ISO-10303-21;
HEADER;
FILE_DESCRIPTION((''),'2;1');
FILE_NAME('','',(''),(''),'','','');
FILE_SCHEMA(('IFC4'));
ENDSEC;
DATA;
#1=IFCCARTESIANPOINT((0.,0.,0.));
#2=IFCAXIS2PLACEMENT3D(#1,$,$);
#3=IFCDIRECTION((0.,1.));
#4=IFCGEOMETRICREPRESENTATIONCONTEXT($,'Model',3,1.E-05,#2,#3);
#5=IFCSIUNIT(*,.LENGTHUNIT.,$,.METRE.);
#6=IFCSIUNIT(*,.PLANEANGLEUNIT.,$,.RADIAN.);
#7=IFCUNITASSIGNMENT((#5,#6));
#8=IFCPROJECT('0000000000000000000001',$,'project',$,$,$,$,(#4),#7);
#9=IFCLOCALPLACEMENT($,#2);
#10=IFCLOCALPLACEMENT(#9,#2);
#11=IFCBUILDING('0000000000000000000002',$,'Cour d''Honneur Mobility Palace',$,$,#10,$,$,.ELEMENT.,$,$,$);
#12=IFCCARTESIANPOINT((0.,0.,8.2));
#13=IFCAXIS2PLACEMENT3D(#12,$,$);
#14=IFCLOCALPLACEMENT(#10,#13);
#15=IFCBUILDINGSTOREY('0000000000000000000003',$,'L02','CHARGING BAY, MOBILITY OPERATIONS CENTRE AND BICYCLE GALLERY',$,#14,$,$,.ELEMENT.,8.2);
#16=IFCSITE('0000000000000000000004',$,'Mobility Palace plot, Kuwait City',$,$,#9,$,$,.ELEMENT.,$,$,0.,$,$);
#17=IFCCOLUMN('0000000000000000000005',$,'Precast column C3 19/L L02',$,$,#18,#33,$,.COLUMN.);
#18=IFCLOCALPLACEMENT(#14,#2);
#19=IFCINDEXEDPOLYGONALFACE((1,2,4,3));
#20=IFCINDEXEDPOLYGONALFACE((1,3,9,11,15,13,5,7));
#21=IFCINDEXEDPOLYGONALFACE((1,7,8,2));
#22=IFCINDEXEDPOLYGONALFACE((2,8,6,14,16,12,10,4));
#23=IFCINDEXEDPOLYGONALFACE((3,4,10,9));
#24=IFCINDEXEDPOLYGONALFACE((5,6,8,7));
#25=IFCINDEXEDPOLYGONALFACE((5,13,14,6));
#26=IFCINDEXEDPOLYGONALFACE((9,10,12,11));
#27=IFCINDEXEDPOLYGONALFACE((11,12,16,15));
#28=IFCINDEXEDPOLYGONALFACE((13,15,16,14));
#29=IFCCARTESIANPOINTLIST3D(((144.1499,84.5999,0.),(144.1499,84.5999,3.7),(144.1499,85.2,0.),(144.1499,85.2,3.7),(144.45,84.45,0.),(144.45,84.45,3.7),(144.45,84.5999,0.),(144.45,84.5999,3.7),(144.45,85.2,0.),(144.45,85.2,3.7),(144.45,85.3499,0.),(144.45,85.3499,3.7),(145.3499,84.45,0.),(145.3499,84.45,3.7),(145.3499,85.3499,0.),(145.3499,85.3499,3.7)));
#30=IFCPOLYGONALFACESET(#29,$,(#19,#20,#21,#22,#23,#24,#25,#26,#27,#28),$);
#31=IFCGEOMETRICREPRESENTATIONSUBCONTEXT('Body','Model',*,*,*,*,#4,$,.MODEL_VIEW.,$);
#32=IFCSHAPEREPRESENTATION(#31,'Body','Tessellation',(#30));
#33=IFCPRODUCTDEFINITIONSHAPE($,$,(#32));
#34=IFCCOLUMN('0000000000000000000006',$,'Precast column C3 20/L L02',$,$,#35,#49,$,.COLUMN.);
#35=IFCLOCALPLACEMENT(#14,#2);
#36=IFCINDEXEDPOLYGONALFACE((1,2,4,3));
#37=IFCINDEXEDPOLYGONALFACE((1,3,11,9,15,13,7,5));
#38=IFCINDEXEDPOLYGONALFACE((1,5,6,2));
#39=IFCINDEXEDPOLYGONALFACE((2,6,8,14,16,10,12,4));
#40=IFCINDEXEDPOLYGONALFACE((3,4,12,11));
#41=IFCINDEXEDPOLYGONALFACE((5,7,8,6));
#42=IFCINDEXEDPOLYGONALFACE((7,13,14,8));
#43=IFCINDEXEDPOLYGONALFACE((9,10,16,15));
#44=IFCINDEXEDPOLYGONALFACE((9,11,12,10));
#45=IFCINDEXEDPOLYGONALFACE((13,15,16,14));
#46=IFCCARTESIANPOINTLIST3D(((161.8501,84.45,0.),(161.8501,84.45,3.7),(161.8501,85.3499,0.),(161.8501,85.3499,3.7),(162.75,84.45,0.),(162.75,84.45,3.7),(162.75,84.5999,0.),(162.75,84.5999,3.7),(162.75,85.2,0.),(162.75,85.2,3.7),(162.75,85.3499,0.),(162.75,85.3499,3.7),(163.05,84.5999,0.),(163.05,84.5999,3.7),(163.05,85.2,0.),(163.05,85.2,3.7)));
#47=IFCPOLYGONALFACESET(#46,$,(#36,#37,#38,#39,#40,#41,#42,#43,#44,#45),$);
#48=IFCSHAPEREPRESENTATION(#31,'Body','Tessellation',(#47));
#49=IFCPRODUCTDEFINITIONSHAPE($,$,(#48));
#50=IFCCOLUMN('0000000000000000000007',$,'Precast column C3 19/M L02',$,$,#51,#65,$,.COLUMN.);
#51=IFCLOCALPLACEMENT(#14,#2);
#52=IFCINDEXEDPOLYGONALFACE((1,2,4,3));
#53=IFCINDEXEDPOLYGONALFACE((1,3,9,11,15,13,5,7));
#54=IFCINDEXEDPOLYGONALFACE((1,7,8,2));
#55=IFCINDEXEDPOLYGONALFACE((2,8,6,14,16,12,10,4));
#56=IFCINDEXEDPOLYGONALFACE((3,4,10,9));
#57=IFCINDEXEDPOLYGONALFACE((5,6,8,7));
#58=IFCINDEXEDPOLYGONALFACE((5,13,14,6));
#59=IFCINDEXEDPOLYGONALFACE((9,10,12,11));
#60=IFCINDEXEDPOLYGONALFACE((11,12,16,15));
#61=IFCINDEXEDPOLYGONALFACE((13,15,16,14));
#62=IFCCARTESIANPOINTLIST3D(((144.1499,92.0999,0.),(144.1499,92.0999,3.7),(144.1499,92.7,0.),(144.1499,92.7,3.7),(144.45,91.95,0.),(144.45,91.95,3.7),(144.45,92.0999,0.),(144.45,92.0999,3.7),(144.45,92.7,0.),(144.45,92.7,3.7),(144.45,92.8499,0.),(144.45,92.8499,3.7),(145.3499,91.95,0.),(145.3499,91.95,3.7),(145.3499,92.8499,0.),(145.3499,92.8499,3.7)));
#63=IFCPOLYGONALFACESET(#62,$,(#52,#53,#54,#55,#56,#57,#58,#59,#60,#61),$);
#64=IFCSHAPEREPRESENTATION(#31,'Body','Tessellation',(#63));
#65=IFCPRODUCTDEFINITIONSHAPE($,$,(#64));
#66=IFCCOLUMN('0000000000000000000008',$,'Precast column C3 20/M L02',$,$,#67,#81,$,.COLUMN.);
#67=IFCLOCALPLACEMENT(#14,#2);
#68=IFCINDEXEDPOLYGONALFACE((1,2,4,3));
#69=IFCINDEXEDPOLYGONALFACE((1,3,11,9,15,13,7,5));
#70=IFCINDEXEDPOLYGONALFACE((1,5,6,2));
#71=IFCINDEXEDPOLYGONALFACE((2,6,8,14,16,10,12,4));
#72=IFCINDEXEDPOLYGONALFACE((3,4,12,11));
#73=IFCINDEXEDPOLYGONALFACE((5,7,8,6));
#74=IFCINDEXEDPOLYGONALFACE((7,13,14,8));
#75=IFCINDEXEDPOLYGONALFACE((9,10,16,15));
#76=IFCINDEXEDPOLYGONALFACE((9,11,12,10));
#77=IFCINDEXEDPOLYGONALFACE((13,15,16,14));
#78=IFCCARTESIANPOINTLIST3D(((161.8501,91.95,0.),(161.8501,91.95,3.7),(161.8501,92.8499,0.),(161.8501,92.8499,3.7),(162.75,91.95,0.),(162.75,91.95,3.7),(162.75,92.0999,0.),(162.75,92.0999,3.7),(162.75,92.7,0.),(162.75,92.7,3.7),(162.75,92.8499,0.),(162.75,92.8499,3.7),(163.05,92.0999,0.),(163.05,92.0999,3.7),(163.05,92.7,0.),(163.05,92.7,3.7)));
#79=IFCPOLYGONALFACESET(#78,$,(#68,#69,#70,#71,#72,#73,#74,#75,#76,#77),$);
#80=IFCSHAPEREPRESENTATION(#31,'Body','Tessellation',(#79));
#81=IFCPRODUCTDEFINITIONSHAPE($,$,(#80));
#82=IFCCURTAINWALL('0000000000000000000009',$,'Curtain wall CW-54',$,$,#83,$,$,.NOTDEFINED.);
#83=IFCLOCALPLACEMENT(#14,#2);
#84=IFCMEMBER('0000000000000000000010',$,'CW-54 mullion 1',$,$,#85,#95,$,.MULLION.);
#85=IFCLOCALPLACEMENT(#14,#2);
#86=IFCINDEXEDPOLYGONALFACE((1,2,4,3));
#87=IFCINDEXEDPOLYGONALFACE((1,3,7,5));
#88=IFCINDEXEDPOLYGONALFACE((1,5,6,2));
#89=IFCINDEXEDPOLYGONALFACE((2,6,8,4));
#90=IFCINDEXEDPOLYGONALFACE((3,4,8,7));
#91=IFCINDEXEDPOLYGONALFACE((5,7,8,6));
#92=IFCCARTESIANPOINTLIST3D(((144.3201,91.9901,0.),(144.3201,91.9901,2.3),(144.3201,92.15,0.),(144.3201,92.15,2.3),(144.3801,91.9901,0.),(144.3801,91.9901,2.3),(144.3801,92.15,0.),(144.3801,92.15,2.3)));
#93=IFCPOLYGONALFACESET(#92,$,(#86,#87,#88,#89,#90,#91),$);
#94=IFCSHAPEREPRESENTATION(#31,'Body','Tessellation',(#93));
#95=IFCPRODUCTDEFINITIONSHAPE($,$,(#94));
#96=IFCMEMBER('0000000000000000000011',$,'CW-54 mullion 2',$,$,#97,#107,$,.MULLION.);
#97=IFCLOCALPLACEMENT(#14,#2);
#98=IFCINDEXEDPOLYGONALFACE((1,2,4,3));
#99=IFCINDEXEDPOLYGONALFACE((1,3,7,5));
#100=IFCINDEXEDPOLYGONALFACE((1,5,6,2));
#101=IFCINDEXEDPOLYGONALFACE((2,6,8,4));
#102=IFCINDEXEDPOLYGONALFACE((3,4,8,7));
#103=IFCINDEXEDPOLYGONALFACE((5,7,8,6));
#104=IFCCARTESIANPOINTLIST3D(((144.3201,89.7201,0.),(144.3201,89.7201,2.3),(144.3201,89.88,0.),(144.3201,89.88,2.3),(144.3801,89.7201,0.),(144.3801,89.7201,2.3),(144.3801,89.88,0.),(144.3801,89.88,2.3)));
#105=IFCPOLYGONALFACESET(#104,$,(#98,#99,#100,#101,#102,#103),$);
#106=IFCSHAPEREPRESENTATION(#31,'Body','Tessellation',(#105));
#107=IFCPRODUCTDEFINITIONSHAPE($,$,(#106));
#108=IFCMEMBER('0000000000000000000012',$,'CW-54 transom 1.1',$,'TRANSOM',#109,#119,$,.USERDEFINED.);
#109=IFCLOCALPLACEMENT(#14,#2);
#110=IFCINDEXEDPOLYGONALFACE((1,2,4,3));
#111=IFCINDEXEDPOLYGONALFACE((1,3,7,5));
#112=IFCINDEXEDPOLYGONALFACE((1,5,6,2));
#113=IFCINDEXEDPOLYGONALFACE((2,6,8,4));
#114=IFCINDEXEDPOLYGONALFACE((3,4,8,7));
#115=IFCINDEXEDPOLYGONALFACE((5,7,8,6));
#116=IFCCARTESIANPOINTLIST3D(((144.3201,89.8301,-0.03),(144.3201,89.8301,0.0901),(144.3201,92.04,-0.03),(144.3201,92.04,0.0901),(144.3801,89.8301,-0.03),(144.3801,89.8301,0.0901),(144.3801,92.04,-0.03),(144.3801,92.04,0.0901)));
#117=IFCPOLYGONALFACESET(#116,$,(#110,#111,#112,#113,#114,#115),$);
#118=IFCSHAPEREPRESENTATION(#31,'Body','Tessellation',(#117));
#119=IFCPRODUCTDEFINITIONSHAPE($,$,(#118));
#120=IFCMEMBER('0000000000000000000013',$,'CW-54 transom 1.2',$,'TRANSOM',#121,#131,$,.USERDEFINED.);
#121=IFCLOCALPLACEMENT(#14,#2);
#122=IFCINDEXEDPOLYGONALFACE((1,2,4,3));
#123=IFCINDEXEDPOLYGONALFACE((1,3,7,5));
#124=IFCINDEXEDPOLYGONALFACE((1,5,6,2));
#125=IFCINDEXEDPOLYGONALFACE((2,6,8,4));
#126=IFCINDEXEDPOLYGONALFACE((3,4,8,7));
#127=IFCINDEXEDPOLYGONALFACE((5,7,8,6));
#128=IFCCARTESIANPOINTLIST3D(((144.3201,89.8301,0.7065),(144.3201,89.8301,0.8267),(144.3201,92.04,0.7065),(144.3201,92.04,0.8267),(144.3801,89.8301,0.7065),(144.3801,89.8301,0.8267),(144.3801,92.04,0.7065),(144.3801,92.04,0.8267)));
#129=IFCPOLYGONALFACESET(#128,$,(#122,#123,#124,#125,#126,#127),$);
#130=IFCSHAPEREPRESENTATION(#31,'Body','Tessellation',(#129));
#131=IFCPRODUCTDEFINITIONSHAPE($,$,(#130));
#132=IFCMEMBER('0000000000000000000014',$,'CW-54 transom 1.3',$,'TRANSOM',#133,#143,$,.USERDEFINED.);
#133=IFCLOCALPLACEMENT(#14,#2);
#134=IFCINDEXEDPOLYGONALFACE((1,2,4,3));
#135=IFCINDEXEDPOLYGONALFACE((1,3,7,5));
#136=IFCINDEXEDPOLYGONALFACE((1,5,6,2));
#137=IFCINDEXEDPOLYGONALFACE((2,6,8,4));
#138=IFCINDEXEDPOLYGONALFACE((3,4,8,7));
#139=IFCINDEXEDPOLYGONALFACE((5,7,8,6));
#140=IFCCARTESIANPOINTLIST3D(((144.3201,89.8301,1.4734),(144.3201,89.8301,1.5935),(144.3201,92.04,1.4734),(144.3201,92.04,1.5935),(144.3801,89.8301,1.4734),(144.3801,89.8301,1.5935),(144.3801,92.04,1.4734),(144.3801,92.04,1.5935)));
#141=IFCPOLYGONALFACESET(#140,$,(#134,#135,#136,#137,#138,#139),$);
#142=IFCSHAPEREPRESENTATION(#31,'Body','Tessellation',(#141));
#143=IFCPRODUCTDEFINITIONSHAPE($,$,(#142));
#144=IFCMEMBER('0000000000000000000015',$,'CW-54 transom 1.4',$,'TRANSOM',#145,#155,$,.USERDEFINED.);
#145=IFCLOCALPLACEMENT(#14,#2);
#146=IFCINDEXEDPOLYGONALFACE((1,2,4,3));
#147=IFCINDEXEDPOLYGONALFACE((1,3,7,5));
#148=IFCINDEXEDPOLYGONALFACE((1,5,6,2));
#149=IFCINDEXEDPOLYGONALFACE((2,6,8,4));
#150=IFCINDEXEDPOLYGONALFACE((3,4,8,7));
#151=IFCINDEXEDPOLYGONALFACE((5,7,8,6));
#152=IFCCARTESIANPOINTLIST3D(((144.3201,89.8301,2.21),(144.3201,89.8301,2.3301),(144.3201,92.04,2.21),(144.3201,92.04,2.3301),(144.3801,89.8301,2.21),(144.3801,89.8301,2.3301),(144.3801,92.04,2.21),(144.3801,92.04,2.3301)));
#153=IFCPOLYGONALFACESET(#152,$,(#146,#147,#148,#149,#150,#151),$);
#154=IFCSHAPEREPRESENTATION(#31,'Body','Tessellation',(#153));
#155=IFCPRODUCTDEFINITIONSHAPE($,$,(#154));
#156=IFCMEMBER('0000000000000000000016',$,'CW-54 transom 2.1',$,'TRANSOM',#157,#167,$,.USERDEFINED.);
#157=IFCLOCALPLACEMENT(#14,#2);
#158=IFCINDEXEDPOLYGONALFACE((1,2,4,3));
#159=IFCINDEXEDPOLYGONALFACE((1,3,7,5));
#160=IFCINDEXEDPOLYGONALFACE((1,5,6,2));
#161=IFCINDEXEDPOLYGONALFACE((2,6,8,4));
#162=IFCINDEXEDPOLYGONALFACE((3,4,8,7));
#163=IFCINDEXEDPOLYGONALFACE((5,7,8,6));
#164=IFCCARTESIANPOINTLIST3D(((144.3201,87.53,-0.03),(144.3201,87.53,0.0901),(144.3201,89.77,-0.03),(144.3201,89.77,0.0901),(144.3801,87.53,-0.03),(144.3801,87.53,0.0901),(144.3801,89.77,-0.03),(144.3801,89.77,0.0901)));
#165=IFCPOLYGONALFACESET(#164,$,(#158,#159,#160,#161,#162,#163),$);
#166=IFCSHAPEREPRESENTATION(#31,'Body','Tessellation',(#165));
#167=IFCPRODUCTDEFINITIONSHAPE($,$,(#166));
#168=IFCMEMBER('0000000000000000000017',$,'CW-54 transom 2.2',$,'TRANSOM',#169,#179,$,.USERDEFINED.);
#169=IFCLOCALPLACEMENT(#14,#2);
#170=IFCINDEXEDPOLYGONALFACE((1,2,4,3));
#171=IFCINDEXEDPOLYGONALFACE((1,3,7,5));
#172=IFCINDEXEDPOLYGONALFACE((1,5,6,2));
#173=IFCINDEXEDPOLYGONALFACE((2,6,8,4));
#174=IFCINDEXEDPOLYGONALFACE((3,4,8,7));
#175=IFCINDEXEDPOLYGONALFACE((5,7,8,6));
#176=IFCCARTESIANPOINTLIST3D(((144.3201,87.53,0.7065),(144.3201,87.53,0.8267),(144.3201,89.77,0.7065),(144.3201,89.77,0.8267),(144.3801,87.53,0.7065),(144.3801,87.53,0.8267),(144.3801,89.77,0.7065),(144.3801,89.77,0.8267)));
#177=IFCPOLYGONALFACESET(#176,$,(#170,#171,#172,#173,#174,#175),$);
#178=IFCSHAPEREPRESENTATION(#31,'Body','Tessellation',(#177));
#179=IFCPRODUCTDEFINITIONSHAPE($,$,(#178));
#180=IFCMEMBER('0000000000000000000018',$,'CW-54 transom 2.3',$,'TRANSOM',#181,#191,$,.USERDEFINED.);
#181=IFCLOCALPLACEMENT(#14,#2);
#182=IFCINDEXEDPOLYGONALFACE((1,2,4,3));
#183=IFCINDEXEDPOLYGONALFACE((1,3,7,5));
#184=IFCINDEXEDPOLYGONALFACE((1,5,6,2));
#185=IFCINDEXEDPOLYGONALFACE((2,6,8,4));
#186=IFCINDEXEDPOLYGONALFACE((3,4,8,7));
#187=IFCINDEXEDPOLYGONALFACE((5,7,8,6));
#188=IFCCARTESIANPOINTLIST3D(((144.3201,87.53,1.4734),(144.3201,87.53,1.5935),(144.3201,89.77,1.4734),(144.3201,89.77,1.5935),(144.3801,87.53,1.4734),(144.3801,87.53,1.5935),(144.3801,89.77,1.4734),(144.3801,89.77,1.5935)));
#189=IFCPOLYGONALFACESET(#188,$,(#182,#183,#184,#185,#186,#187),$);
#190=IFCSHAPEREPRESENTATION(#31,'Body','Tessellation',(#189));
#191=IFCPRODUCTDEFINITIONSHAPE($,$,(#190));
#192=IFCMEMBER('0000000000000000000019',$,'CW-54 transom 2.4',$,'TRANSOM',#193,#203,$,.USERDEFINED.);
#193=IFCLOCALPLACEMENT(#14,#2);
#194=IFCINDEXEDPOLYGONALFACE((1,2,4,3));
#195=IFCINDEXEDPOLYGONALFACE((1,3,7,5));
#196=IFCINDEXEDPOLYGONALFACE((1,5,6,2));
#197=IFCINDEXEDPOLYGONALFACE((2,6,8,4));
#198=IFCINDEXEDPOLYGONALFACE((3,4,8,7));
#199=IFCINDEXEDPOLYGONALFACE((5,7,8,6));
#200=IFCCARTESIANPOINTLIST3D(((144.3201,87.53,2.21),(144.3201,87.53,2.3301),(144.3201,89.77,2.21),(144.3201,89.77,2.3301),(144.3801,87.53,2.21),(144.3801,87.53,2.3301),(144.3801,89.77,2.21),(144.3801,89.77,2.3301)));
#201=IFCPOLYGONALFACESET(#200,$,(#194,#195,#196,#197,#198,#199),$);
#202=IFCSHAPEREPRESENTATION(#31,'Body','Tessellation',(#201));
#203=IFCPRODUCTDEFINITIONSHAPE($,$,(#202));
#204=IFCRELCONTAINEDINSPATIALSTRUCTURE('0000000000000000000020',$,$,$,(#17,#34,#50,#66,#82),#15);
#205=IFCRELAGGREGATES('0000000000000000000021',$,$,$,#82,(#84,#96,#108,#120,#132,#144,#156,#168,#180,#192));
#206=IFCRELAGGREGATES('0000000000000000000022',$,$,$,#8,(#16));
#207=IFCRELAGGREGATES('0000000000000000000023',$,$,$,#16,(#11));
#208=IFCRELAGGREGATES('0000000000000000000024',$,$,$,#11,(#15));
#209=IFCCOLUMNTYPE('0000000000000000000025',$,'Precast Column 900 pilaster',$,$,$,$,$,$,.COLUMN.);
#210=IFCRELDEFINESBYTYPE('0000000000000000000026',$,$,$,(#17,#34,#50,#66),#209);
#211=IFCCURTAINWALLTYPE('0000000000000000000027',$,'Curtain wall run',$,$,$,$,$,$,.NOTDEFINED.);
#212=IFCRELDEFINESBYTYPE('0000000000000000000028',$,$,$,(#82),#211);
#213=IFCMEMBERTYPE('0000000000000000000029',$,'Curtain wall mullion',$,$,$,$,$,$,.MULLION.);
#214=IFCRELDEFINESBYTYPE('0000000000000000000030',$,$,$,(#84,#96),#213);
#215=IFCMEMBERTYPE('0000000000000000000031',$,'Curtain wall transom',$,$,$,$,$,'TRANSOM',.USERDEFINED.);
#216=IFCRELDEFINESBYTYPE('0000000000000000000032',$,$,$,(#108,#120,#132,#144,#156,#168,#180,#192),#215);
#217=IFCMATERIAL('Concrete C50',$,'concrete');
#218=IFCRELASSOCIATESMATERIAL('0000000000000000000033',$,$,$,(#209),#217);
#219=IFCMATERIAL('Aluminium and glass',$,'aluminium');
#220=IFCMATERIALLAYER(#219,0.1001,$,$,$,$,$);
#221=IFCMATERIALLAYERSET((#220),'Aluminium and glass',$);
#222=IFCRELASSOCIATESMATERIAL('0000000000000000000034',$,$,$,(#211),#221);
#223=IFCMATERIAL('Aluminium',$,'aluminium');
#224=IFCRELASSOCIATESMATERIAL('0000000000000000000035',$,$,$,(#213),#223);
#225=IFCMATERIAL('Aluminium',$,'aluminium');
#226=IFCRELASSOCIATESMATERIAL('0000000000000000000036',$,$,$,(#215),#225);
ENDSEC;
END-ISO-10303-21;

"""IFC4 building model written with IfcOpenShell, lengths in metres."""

from ifc_helpers import new_model, si_unit, direction, frame, origin, origin_2d, place, context, subcontext, project, spatial, polyline, rectangle, outline, extrude, material, layer, layer_set, material_profile, profile_set, type_object, element, aggregate, save


model = new_model("IFC4")

# Units and contexts
model_context = context("Model", 3, precision=1e-05, world=origin(), true_north=direction((0.0, 1.0)))
body_context = subcontext(model_context, "Body", "Model", "MODEL_VIEW")
ifc_project = project(units=[si_unit("LENGTHUNIT", "METRE"), si_unit("PLANEANGLEUNIT", "RADIAN")], contexts=[model_context])

# Site, building, storey
site_placement = place(None, origin())
site = spatial("IfcSite", under=ifc_project, at=site_placement, Name="Mobility Palace plot, Kuwait City", CompositionType="ELEMENT", RefElevation=0.0)
building_placement = place(site_placement, origin())
building = spatial("IfcBuilding", under=site, at=building_placement, Name="Cour d'Honneur Mobility Palace", CompositionType="ELEMENT")
storey_placement = place(building_placement, frame((0.0, 0.0, 8.2)))
storey = spatial("IfcBuildingStorey", under=building, at=storey_placement, Name="L02", Description="CHARGING BAY, MOBILITY OPERATIONS CENTRE AND BICYCLE GALLERY", CompositionType="ELEMENT", Elevation=8.2)

# Columns
ifc_material_1 = material(Name="Concrete C50", Category="concrete")
ifc_material_profile_1 = material_profile(ifc_material_1, outline(polyline([(-0.45, -0.45), (0.45, -0.45), (0.45, -0.3), (0.75, -0.3), (0.75, 0.3), (0.45, 0.3), (0.45, 0.45), (-0.45, 0.45), (-0.45, -0.45)])), Name="PC C900 pilaster")
ifc_profile_set_1 = profile_set([ifc_material_profile_1], Name="Concrete C50")
column_type = type_object("IfcColumnType", Name="Precast Column 900 pilaster", PredefinedType="COLUMN", material=ifc_profile_set_1)
for number, where, z_axis, x_axis, name in (
    (1, (144.8999, 84.8999, 0.0), (0.0, 0.0, 1.0), (-1.0, 0.0, 0.0), "Precast column C3 19/L L02"),
    (2, (162.3, 84.8999, 0.0), (0.0, 0.0, 1.0), (1.0, 0.0, 0.0), "Precast column C3 20/L L02"),
    (3, (144.8999, 92.3999, 0.0), (0.0, 0.0, 1.0), (-1.0, 0.0, 0.0), "Precast column C3 19/M L02"),
    (4, (162.3, 92.3999, 0.0), (0.0, 0.0, 1.0), (1.0, 0.0, 0.0), "Precast column C3 20/M L02"),
):
    element("IfcColumn", number, at=place(storey_placement, frame(where, z_axis=z_axis, x_axis=x_axis)), inside=storey, type_object=column_type, Name=name, PredefinedType="COLUMN", context=body_context, shape_type="SweptSolid", body=[
        extrude(outline(polyline([(-0.45, -0.45), (0.45, -0.45), (0.45, -0.3), (0.75, -0.3), (0.75, 0.3), (0.45, 0.3), (0.45, 0.45), (-0.45, 0.45), (-0.45, -0.45)])), origin(), (0.0, 0.0, 1.0), 3.7),
    ])

# Curtain wall, members
ifc_material_2 = material(Name="Aluminium and glass", Category="aluminium")
ifc_layer_1 = layer(ifc_material_2, 0.1001)
ifc_layer_set_1 = layer_set([ifc_layer_1], Name="Aluminium and glass")
curtain_wall_type = type_object("IfcCurtainWallType", Name="Curtain wall run", PredefinedType="NOTDEFINED", material=ifc_layer_set_1)
curtain_wall_placement = place(storey_placement, origin())
curtain_wall = element("IfcCurtainWall", 5, at=curtain_wall_placement, inside=storey, type_object=curtain_wall_type, Name="Curtain wall CW-54", PredefinedType="NOTDEFINED")
ifc_material_3 = material(Name="Aluminium", Category="aluminium")
ifc_material_profile_2 = material_profile(ifc_material_3, rectangle(XDim=0.0601, YDim=0.1599, at=origin_2d()), Name="Curtain wall mullion")
ifc_profile_set_2 = profile_set([ifc_material_profile_2], Name="Aluminium")
member_type_1 = type_object("IfcMemberType", Name="Curtain wall mullion", PredefinedType="MULLION", material=ifc_profile_set_2)
member_1_placement = place(storey_placement, frame((144.3501, 92.0701, 0.0), z_axis=(0.0, 0.0, 1.0), x_axis=(1.0, 0.0, 0.0)))
member_1 = element("IfcMember", 6, at=member_1_placement, type_object=member_type_1, Name="CW-54 mullion 1", PredefinedType="MULLION", context=body_context, shape_type="SweptSolid", body=[
    extrude(rectangle(XDim=0.0601, YDim=0.1599, at=origin_2d()), origin(), (0.0, 0.0, 1.0), 2.3),
])
member_2_placement = place(storey_placement, frame((144.3501, 89.8, 0.0), z_axis=(0.0, 0.0, 1.0), x_axis=(1.0, 0.0, 0.0)))
member_2 = element("IfcMember", 7, at=member_2_placement, type_object=member_type_1, Name="CW-54 mullion 2", PredefinedType="MULLION", context=body_context, shape_type="SweptSolid", body=[
    extrude(rectangle(XDim=0.0601, YDim=0.1599, at=origin_2d()), origin(), (0.0, 0.0, 1.0), 2.3),
])
ifc_material_4 = material(Name="Aluminium", Category="aluminium")
ifc_material_profile_3 = material_profile(ifc_material_4, rectangle(XDim=0.0601, YDim=0.1201, at=origin_2d()), Name="Curtain wall transom")
ifc_profile_set_3 = profile_set([ifc_material_profile_3], Name="Aluminium")
member_type_2 = type_object("IfcMemberType", Name="Curtain wall transom", ElementType="TRANSOM", PredefinedType="USERDEFINED", material=ifc_profile_set_3)
member_3_placement = place(storey_placement, frame((144.3501, 92.04, 0.03), z_axis=(0.0, -1.0, 0.0), x_axis=(1.0, 0.0, 0.0)))
member_3 = element("IfcMember", 8, at=member_3_placement, type_object=member_type_2, Name="CW-54 transom 1.1", ObjectType="TRANSOM", PredefinedType="USERDEFINED", context=body_context, shape_type="SweptSolid", body=[
    extrude(rectangle(XDim=0.0601, YDim=0.1201, at=origin_2d()), origin(), (0.0, 0.0, 1.0), 2.21),
])
member_4_placement = place(storey_placement, frame((144.3501, 92.04, 0.7666), z_axis=(0.0, -1.0, 0.0), x_axis=(1.0, 0.0, 0.0)))
member_4 = element("IfcMember", 9, at=member_4_placement, type_object=member_type_2, Name="CW-54 transom 1.2", ObjectType="TRANSOM", PredefinedType="USERDEFINED", context=body_context, shape_type="SweptSolid", body=[
    extrude(rectangle(XDim=0.0601, YDim=0.1201, at=origin_2d()), origin(), (0.0, 0.0, 1.0), 2.21),
])
member_5_placement = place(storey_placement, frame((144.3501, 92.04, 1.5334), z_axis=(0.0, -1.0, 0.0), x_axis=(1.0, 0.0, 0.0)))
member_5 = element("IfcMember", 10, at=member_5_placement, type_object=member_type_2, Name="CW-54 transom 1.3", ObjectType="TRANSOM", PredefinedType="USERDEFINED", context=body_context, shape_type="SweptSolid", body=[
    extrude(rectangle(XDim=0.0601, YDim=0.1201, at=origin_2d()), origin(), (0.0, 0.0, 1.0), 2.21),
])
member_6_placement = place(storey_placement, frame((144.3501, 92.04, 2.27), z_axis=(0.0, -1.0, 0.0), x_axis=(1.0, 0.0, 0.0)))
member_6 = element("IfcMember", 11, at=member_6_placement, type_object=member_type_2, Name="CW-54 transom 1.4", ObjectType="TRANSOM", PredefinedType="USERDEFINED", context=body_context, shape_type="SweptSolid", body=[
    extrude(rectangle(XDim=0.0601, YDim=0.1201, at=origin_2d()), origin(), (0.0, 0.0, 1.0), 2.21),
])
member_7_placement = place(storey_placement, frame((144.3501, 89.77, 0.03), z_axis=(0.0, -1.0, 0.0), x_axis=(1.0, 0.0, 0.0)))
member_7 = element("IfcMember", 12, at=member_7_placement, type_object=member_type_2, Name="CW-54 transom 2.1", ObjectType="TRANSOM", PredefinedType="USERDEFINED", context=body_context, shape_type="SweptSolid", body=[
    extrude(rectangle(XDim=0.0601, YDim=0.1201, at=origin_2d()), origin(), (0.0, 0.0, 1.0), 2.24),
])
member_8_placement = place(storey_placement, frame((144.3501, 89.77, 0.7666), z_axis=(0.0, -1.0, 0.0), x_axis=(1.0, 0.0, 0.0)))
member_8 = element("IfcMember", 13, at=member_8_placement, type_object=member_type_2, Name="CW-54 transom 2.2", ObjectType="TRANSOM", PredefinedType="USERDEFINED", context=body_context, shape_type="SweptSolid", body=[
    extrude(rectangle(XDim=0.0601, YDim=0.1201, at=origin_2d()), origin(), (0.0, 0.0, 1.0), 2.24),
])
member_9_placement = place(storey_placement, frame((144.3501, 89.77, 1.5334), z_axis=(0.0, -1.0, 0.0), x_axis=(1.0, 0.0, 0.0)))
member_9 = element("IfcMember", 14, at=member_9_placement, type_object=member_type_2, Name="CW-54 transom 2.3", ObjectType="TRANSOM", PredefinedType="USERDEFINED", context=body_context, shape_type="SweptSolid", body=[
    extrude(rectangle(XDim=0.0601, YDim=0.1201, at=origin_2d()), origin(), (0.0, 0.0, 1.0), 2.24),
])
member_10_placement = place(storey_placement, frame((144.3501, 89.77, 2.27), z_axis=(0.0, -1.0, 0.0), x_axis=(1.0, 0.0, 0.0)))
member_10 = element("IfcMember", 15, at=member_10_placement, type_object=member_type_2, Name="CW-54 transom 2.4", ObjectType="TRANSOM", PredefinedType="USERDEFINED", context=body_context, shape_type="SweptSolid", body=[
    extrude(rectangle(XDim=0.0601, YDim=0.1201, at=origin_2d()), origin(), (0.0, 0.0, 1.0), 2.24),
])

aggregate(curtain_wall, [member_1, member_2, member_3, member_4, member_5, member_6, member_7, member_8, member_9, member_10])

save(model, "model.ifc")
